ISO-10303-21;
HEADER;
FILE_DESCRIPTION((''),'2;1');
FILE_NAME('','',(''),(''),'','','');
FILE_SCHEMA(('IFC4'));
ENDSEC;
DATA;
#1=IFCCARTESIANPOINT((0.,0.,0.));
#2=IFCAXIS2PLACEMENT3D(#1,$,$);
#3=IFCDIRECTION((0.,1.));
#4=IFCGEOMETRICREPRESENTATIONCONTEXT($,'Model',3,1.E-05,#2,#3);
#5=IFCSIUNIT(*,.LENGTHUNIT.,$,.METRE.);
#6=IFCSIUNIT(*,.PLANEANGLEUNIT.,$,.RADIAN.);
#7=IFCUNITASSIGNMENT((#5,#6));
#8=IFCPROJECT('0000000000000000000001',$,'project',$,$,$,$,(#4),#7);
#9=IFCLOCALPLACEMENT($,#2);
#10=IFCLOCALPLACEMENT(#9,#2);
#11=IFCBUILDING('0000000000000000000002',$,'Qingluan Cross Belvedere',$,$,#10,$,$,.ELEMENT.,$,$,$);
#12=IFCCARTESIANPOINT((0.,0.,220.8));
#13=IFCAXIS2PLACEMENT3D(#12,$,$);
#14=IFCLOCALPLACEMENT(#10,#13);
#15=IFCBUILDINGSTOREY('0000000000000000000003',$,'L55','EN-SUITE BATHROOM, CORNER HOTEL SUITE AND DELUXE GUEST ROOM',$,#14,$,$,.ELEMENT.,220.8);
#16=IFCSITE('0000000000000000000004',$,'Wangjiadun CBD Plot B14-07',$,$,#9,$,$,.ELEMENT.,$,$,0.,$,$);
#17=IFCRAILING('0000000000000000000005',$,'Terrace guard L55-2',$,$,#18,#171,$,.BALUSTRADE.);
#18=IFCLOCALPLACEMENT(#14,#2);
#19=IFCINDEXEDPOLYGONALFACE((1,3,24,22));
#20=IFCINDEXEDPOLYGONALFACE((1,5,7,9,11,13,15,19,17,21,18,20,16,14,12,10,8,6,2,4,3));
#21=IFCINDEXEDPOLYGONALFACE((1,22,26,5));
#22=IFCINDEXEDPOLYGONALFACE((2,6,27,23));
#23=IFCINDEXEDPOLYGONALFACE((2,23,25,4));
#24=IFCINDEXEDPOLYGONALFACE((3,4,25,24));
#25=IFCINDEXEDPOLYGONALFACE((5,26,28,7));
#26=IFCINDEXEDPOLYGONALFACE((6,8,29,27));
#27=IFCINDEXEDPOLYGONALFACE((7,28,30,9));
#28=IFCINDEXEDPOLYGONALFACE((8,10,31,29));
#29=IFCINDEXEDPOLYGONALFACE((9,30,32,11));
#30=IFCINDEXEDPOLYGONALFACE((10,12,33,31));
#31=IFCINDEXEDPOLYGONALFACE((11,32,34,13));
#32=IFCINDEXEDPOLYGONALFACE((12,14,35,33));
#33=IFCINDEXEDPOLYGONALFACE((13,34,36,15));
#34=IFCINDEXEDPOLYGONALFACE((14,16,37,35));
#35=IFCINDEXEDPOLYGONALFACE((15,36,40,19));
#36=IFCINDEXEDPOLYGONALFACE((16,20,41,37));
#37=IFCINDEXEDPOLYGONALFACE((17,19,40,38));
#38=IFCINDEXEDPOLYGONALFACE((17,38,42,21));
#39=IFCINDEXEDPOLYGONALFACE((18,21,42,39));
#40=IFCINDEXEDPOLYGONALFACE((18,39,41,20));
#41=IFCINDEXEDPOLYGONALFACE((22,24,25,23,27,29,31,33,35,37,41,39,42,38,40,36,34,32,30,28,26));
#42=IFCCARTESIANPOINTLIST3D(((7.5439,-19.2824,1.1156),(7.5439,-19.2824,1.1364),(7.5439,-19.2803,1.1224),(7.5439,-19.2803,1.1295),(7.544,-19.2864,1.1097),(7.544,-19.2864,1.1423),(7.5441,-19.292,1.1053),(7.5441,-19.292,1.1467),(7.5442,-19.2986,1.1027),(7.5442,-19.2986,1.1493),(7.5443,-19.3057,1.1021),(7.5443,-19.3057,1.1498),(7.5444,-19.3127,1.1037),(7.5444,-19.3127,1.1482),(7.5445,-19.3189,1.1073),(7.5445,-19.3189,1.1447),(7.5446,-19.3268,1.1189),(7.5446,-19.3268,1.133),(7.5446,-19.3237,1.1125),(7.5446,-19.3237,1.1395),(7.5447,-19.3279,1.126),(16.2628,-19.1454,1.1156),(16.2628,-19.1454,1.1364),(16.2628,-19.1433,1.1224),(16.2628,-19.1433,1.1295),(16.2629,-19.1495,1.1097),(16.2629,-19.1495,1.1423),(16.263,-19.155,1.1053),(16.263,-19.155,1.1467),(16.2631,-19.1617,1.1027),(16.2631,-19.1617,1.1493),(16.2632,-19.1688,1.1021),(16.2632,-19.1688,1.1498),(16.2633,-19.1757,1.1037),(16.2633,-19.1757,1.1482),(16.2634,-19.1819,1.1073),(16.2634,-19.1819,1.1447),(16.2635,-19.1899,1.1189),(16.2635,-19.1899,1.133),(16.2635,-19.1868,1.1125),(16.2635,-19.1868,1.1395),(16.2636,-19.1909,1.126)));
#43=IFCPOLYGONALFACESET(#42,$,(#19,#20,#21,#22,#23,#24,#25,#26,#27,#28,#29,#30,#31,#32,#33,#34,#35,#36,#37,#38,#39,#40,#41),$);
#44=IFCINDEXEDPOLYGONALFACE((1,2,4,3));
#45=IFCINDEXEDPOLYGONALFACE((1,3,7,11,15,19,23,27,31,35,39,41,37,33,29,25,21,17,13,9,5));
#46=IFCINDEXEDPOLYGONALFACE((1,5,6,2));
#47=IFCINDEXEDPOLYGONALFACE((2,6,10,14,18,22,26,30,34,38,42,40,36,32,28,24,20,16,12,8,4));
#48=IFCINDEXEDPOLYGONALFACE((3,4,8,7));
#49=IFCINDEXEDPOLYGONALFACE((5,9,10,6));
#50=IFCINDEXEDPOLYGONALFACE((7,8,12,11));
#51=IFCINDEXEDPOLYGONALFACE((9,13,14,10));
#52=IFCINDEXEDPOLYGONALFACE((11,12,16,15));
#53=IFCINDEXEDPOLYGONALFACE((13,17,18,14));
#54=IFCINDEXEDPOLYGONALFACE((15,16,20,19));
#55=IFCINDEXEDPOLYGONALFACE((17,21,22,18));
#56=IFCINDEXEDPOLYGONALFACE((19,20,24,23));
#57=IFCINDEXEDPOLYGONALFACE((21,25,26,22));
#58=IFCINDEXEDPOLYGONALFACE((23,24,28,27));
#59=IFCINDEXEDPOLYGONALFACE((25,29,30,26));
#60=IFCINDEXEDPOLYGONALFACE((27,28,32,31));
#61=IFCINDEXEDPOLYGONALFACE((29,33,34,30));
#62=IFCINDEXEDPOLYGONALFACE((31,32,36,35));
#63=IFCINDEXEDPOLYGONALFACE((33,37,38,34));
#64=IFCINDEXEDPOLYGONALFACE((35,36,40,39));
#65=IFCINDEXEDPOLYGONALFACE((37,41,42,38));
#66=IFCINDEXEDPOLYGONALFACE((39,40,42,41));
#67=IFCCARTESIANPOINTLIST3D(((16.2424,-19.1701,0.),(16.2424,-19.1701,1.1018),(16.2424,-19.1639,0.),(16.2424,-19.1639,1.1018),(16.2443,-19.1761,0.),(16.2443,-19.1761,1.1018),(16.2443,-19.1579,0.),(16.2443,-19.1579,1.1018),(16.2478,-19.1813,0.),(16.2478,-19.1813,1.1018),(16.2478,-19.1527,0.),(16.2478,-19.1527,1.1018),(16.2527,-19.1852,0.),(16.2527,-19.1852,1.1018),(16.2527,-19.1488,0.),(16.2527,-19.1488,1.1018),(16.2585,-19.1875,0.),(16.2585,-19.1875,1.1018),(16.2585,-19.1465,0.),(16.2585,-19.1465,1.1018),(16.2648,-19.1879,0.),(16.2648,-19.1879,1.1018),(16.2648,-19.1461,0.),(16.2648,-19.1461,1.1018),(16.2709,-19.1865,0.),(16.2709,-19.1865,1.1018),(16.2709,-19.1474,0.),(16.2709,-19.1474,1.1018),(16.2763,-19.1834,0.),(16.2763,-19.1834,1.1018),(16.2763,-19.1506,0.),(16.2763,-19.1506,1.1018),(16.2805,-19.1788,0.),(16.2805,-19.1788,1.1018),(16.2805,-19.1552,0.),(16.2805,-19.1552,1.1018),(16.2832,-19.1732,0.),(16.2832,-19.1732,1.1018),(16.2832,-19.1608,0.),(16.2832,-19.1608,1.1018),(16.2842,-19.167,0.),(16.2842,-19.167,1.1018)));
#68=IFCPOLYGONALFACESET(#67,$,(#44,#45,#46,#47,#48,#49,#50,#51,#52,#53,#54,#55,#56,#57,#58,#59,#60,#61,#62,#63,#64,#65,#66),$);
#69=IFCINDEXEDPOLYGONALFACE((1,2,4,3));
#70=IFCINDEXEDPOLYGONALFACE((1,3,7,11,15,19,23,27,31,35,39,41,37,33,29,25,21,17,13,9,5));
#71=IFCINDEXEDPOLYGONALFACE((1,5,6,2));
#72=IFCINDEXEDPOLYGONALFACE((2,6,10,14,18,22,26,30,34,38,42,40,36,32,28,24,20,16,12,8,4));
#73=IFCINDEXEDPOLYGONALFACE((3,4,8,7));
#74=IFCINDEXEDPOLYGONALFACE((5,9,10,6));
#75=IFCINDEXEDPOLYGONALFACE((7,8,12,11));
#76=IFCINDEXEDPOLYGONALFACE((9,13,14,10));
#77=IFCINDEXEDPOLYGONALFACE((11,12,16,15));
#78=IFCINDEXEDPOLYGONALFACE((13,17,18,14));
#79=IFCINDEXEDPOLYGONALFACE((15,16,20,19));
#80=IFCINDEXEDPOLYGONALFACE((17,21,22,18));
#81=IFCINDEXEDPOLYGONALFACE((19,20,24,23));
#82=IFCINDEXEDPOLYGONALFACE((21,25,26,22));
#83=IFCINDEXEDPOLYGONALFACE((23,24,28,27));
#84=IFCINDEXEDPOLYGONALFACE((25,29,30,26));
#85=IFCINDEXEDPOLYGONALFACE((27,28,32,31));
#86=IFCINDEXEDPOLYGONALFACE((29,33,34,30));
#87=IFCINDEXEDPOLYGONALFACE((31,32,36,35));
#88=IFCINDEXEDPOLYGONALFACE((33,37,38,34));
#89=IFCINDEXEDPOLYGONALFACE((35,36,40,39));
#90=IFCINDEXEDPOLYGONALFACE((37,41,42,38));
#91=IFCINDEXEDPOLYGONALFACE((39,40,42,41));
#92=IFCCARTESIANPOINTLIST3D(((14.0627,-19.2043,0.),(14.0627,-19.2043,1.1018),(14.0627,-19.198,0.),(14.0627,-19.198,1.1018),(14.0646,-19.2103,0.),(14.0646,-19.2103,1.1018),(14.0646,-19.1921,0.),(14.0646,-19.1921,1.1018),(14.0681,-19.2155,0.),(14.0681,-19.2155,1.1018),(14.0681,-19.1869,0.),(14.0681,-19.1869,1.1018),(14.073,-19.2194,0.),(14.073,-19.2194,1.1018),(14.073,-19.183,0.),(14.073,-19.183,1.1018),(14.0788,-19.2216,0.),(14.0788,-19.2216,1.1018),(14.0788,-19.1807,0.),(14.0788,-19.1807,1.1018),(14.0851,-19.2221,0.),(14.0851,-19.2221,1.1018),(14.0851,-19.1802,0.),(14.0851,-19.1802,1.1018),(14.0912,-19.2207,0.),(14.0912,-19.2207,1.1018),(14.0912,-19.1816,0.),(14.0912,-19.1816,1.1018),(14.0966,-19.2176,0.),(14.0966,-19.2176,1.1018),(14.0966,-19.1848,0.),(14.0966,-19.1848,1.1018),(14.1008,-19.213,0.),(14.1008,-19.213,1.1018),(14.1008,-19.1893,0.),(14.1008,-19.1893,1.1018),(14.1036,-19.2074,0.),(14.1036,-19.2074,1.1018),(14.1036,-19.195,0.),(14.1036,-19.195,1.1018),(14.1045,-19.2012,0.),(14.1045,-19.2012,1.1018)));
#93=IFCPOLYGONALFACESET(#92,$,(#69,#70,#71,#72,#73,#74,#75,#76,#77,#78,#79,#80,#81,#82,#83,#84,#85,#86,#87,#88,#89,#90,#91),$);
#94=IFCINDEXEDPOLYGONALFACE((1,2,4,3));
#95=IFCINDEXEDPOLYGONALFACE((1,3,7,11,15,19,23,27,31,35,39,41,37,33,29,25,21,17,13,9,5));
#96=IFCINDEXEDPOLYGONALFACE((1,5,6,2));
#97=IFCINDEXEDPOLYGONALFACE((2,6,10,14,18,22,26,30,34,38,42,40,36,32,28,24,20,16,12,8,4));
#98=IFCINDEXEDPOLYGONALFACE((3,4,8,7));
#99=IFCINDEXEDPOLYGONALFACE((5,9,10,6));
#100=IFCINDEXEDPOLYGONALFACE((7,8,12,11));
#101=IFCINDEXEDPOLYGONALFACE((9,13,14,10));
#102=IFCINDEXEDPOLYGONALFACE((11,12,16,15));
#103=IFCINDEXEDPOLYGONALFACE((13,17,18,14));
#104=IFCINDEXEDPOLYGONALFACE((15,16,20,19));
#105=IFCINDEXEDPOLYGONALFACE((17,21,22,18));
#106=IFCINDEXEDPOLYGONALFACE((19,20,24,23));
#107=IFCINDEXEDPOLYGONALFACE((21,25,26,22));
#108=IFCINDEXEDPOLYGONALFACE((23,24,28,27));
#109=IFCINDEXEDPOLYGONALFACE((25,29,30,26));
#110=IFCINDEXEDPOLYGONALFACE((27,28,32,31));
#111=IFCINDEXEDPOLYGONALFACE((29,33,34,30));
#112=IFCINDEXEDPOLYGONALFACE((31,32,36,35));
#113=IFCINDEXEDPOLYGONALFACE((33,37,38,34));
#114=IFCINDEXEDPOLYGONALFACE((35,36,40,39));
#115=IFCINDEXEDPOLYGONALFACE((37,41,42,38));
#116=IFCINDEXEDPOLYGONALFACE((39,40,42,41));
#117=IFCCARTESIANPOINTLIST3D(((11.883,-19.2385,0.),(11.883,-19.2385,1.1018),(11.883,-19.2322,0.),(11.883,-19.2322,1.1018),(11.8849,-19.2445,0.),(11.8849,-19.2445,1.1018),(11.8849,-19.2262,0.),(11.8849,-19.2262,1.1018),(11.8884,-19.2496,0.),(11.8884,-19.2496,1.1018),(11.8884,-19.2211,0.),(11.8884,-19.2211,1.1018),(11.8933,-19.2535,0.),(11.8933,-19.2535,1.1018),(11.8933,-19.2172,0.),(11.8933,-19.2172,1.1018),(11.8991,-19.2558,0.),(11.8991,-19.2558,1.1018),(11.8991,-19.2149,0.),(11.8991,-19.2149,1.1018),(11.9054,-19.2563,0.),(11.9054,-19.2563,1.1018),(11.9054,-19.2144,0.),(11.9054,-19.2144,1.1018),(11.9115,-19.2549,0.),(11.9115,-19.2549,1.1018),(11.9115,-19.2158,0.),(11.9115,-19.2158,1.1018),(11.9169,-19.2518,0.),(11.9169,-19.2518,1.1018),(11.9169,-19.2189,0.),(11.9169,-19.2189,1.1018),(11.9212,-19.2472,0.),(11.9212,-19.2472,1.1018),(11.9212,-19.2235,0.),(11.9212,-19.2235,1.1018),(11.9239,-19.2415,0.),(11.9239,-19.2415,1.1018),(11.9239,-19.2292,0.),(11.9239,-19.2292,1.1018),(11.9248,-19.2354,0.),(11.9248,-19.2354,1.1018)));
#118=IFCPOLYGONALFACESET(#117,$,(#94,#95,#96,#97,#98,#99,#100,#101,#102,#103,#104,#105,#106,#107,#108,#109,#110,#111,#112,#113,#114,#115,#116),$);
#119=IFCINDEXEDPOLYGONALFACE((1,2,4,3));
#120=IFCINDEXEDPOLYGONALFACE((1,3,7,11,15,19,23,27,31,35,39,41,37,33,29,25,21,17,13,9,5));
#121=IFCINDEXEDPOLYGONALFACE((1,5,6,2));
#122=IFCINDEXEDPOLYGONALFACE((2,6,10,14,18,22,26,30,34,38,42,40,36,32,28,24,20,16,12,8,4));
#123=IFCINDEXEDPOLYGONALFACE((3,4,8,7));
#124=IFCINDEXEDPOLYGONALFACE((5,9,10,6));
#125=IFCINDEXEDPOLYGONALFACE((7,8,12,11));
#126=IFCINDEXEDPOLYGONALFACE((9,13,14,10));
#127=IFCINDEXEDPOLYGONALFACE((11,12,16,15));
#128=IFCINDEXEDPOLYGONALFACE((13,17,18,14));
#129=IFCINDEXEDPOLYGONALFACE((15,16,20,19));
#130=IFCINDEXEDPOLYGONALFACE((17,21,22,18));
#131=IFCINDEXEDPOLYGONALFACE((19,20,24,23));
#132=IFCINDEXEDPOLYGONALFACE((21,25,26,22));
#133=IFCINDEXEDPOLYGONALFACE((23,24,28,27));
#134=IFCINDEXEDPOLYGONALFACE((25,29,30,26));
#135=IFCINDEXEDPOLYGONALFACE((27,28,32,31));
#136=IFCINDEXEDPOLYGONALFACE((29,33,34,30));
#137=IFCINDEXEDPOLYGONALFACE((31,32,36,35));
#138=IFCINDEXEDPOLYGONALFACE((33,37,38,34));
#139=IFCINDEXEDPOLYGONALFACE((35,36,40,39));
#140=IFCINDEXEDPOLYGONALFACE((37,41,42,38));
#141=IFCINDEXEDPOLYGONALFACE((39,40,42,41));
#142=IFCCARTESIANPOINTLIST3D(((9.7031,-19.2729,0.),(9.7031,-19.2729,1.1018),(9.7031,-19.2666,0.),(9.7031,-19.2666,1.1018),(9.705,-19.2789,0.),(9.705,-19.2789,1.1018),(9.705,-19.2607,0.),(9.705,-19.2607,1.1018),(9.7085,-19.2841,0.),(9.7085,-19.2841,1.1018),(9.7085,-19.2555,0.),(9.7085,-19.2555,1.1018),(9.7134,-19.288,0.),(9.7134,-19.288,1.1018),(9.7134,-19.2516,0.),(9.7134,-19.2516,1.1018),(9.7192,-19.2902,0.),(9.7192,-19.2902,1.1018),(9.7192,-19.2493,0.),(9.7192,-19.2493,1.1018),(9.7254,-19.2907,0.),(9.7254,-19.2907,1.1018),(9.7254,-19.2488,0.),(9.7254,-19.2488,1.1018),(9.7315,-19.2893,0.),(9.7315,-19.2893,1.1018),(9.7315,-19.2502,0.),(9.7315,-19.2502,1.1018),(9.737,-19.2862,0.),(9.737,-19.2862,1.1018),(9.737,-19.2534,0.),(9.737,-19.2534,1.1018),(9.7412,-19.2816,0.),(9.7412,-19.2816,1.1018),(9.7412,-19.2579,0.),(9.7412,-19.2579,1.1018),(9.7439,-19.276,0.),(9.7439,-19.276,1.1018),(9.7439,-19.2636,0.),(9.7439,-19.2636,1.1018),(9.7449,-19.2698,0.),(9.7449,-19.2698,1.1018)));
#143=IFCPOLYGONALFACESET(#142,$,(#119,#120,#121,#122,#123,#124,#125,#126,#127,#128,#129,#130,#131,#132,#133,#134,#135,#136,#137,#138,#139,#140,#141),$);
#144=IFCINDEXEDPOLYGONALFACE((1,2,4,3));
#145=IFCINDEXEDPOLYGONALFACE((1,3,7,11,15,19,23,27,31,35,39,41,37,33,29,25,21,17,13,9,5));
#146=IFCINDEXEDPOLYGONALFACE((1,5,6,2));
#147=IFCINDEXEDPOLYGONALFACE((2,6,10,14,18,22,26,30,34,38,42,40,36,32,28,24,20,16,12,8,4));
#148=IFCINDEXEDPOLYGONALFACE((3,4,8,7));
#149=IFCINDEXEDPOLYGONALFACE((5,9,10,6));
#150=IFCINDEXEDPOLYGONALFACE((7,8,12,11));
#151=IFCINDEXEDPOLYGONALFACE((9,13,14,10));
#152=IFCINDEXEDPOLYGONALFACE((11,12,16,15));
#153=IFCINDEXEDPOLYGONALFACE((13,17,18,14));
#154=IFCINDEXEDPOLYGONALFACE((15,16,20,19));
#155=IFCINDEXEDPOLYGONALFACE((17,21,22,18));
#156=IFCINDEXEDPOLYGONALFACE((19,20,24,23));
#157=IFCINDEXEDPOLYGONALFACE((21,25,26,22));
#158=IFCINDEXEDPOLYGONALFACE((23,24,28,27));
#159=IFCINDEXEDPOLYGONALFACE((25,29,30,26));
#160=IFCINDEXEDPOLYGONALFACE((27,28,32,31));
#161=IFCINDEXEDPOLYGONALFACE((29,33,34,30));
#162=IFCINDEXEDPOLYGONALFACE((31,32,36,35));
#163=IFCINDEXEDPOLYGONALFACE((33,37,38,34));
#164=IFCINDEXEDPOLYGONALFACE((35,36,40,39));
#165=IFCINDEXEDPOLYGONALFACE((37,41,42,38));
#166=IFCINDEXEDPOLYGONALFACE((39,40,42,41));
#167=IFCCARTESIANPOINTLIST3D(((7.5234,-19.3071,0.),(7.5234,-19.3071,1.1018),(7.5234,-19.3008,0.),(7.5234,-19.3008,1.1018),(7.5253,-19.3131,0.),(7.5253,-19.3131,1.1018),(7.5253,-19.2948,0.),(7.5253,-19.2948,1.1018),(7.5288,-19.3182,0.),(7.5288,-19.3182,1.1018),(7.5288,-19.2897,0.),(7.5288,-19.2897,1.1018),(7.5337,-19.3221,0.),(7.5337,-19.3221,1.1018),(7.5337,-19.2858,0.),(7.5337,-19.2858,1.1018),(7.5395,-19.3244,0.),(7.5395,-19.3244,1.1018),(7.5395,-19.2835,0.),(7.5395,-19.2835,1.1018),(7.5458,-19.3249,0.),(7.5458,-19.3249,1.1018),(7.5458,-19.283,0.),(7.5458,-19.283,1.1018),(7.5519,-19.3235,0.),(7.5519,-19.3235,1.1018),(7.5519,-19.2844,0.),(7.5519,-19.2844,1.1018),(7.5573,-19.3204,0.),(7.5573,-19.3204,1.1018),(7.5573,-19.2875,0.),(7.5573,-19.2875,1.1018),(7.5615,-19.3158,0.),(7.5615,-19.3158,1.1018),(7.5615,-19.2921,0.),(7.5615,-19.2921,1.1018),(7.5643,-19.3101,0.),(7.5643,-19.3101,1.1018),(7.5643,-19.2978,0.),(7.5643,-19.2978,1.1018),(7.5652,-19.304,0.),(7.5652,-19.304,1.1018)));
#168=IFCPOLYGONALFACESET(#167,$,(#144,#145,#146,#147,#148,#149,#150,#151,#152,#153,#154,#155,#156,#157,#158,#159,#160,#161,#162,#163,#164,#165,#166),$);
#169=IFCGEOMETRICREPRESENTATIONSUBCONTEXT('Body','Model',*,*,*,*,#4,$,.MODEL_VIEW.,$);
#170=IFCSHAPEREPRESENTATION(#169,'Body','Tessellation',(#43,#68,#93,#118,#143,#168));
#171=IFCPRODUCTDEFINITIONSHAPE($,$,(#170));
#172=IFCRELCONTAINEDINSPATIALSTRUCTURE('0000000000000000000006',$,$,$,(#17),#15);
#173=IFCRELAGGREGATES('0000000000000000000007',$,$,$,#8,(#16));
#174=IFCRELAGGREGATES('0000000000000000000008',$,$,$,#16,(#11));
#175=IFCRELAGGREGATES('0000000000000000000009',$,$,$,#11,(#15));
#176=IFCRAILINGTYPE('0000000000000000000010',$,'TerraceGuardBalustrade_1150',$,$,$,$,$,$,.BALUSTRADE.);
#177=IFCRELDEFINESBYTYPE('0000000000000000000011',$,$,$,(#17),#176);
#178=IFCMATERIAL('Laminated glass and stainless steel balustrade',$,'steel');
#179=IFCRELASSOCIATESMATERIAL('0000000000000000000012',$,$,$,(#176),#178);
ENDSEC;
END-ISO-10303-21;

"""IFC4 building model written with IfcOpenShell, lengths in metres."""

from ifc_helpers import new_model, si_unit, direction, frame, origin, origin_2d, place, context, subcontext, project, spatial, circle, extrude, material, type_object, element, save


model = new_model("IFC4")

# Units and contexts
model_context = context("Model", 3, precision=1e-05, world=origin(), true_north=direction((0.0, 1.0)))
body_context = subcontext(model_context, "Body", "Model", "MODEL_VIEW")
ifc_project = project(units=[si_unit("LENGTHUNIT", "METRE"), si_unit("PLANEANGLEUNIT", "RADIAN")], contexts=[model_context])

# Site, building, storey
site_placement = place(None, origin())
site = spatial("IfcSite", under=ifc_project, at=site_placement, Name="Wangjiadun CBD Plot B14-07", CompositionType="ELEMENT", RefElevation=0.0)
building_placement = place(site_placement, origin())
building = spatial("IfcBuilding", under=site, at=building_placement, Name="Qingluan Cross Belvedere", CompositionType="ELEMENT")
storey_placement = place(building_placement, frame((0.0, 0.0, 220.8)))
storey = spatial("IfcBuildingStorey", under=building, at=storey_placement, Name="L55", Description="EN-SUITE BATHROOM, CORNER HOTEL SUITE AND DELUXE GUEST ROOM", CompositionType="ELEMENT", Elevation=220.8)

# Railing
ifc_material_1 = material(Name="Laminated glass and stainless steel balustrade", Category="steel")
railing_type = type_object("IfcRailingType", Name="TerraceGuardBalustrade_1150", PredefinedType="BALUSTRADE", material=ifc_material_1)
railing_1_placement = place(storey_placement, frame((16.2632, -19.167, 0.0)))
element("IfcRailing", 1, at=railing_1_placement, inside=storey, type_object=railing_type, Name="Terrace guard L55-2", PredefinedType="BALUSTRADE", context=body_context, shape_type="SweptSolid", body=[
    extrude(circle(Radius=0.0239, at=origin_2d()), frame((0.0, 0.0, 1.126), z_axis=(-0.999877, -0.015707, 0.0), x_axis=(0.015707, -0.999877, 0.0)), (0.0, 0.0, 1.0), 8.72),
    extrude(circle(Radius=0.021, at=origin_2d()), origin(), (0.0, 0.0, 1.0), 1.1018),
    extrude(circle(Radius=0.021, at=origin_2d()), frame((-2.1797, -0.0342, 0.0)), (0.0, 0.0, 1.0), 1.1018),
    extrude(circle(Radius=0.021, at=origin_2d()), frame((-4.3594, -0.0684, 0.0)), (0.0, 0.0, 1.0), 1.1018),
    extrude(circle(Radius=0.021, at=origin_2d()), frame((-6.5393, -0.1028, 0.0)), (0.0, 0.0, 1.0), 1.1018),
    extrude(circle(Radius=0.021, at=origin_2d()), frame((-8.719, -0.137, 0.0)), (0.0, 0.0, 1.0), 1.1018),
])

save(model, "model.ifc")
